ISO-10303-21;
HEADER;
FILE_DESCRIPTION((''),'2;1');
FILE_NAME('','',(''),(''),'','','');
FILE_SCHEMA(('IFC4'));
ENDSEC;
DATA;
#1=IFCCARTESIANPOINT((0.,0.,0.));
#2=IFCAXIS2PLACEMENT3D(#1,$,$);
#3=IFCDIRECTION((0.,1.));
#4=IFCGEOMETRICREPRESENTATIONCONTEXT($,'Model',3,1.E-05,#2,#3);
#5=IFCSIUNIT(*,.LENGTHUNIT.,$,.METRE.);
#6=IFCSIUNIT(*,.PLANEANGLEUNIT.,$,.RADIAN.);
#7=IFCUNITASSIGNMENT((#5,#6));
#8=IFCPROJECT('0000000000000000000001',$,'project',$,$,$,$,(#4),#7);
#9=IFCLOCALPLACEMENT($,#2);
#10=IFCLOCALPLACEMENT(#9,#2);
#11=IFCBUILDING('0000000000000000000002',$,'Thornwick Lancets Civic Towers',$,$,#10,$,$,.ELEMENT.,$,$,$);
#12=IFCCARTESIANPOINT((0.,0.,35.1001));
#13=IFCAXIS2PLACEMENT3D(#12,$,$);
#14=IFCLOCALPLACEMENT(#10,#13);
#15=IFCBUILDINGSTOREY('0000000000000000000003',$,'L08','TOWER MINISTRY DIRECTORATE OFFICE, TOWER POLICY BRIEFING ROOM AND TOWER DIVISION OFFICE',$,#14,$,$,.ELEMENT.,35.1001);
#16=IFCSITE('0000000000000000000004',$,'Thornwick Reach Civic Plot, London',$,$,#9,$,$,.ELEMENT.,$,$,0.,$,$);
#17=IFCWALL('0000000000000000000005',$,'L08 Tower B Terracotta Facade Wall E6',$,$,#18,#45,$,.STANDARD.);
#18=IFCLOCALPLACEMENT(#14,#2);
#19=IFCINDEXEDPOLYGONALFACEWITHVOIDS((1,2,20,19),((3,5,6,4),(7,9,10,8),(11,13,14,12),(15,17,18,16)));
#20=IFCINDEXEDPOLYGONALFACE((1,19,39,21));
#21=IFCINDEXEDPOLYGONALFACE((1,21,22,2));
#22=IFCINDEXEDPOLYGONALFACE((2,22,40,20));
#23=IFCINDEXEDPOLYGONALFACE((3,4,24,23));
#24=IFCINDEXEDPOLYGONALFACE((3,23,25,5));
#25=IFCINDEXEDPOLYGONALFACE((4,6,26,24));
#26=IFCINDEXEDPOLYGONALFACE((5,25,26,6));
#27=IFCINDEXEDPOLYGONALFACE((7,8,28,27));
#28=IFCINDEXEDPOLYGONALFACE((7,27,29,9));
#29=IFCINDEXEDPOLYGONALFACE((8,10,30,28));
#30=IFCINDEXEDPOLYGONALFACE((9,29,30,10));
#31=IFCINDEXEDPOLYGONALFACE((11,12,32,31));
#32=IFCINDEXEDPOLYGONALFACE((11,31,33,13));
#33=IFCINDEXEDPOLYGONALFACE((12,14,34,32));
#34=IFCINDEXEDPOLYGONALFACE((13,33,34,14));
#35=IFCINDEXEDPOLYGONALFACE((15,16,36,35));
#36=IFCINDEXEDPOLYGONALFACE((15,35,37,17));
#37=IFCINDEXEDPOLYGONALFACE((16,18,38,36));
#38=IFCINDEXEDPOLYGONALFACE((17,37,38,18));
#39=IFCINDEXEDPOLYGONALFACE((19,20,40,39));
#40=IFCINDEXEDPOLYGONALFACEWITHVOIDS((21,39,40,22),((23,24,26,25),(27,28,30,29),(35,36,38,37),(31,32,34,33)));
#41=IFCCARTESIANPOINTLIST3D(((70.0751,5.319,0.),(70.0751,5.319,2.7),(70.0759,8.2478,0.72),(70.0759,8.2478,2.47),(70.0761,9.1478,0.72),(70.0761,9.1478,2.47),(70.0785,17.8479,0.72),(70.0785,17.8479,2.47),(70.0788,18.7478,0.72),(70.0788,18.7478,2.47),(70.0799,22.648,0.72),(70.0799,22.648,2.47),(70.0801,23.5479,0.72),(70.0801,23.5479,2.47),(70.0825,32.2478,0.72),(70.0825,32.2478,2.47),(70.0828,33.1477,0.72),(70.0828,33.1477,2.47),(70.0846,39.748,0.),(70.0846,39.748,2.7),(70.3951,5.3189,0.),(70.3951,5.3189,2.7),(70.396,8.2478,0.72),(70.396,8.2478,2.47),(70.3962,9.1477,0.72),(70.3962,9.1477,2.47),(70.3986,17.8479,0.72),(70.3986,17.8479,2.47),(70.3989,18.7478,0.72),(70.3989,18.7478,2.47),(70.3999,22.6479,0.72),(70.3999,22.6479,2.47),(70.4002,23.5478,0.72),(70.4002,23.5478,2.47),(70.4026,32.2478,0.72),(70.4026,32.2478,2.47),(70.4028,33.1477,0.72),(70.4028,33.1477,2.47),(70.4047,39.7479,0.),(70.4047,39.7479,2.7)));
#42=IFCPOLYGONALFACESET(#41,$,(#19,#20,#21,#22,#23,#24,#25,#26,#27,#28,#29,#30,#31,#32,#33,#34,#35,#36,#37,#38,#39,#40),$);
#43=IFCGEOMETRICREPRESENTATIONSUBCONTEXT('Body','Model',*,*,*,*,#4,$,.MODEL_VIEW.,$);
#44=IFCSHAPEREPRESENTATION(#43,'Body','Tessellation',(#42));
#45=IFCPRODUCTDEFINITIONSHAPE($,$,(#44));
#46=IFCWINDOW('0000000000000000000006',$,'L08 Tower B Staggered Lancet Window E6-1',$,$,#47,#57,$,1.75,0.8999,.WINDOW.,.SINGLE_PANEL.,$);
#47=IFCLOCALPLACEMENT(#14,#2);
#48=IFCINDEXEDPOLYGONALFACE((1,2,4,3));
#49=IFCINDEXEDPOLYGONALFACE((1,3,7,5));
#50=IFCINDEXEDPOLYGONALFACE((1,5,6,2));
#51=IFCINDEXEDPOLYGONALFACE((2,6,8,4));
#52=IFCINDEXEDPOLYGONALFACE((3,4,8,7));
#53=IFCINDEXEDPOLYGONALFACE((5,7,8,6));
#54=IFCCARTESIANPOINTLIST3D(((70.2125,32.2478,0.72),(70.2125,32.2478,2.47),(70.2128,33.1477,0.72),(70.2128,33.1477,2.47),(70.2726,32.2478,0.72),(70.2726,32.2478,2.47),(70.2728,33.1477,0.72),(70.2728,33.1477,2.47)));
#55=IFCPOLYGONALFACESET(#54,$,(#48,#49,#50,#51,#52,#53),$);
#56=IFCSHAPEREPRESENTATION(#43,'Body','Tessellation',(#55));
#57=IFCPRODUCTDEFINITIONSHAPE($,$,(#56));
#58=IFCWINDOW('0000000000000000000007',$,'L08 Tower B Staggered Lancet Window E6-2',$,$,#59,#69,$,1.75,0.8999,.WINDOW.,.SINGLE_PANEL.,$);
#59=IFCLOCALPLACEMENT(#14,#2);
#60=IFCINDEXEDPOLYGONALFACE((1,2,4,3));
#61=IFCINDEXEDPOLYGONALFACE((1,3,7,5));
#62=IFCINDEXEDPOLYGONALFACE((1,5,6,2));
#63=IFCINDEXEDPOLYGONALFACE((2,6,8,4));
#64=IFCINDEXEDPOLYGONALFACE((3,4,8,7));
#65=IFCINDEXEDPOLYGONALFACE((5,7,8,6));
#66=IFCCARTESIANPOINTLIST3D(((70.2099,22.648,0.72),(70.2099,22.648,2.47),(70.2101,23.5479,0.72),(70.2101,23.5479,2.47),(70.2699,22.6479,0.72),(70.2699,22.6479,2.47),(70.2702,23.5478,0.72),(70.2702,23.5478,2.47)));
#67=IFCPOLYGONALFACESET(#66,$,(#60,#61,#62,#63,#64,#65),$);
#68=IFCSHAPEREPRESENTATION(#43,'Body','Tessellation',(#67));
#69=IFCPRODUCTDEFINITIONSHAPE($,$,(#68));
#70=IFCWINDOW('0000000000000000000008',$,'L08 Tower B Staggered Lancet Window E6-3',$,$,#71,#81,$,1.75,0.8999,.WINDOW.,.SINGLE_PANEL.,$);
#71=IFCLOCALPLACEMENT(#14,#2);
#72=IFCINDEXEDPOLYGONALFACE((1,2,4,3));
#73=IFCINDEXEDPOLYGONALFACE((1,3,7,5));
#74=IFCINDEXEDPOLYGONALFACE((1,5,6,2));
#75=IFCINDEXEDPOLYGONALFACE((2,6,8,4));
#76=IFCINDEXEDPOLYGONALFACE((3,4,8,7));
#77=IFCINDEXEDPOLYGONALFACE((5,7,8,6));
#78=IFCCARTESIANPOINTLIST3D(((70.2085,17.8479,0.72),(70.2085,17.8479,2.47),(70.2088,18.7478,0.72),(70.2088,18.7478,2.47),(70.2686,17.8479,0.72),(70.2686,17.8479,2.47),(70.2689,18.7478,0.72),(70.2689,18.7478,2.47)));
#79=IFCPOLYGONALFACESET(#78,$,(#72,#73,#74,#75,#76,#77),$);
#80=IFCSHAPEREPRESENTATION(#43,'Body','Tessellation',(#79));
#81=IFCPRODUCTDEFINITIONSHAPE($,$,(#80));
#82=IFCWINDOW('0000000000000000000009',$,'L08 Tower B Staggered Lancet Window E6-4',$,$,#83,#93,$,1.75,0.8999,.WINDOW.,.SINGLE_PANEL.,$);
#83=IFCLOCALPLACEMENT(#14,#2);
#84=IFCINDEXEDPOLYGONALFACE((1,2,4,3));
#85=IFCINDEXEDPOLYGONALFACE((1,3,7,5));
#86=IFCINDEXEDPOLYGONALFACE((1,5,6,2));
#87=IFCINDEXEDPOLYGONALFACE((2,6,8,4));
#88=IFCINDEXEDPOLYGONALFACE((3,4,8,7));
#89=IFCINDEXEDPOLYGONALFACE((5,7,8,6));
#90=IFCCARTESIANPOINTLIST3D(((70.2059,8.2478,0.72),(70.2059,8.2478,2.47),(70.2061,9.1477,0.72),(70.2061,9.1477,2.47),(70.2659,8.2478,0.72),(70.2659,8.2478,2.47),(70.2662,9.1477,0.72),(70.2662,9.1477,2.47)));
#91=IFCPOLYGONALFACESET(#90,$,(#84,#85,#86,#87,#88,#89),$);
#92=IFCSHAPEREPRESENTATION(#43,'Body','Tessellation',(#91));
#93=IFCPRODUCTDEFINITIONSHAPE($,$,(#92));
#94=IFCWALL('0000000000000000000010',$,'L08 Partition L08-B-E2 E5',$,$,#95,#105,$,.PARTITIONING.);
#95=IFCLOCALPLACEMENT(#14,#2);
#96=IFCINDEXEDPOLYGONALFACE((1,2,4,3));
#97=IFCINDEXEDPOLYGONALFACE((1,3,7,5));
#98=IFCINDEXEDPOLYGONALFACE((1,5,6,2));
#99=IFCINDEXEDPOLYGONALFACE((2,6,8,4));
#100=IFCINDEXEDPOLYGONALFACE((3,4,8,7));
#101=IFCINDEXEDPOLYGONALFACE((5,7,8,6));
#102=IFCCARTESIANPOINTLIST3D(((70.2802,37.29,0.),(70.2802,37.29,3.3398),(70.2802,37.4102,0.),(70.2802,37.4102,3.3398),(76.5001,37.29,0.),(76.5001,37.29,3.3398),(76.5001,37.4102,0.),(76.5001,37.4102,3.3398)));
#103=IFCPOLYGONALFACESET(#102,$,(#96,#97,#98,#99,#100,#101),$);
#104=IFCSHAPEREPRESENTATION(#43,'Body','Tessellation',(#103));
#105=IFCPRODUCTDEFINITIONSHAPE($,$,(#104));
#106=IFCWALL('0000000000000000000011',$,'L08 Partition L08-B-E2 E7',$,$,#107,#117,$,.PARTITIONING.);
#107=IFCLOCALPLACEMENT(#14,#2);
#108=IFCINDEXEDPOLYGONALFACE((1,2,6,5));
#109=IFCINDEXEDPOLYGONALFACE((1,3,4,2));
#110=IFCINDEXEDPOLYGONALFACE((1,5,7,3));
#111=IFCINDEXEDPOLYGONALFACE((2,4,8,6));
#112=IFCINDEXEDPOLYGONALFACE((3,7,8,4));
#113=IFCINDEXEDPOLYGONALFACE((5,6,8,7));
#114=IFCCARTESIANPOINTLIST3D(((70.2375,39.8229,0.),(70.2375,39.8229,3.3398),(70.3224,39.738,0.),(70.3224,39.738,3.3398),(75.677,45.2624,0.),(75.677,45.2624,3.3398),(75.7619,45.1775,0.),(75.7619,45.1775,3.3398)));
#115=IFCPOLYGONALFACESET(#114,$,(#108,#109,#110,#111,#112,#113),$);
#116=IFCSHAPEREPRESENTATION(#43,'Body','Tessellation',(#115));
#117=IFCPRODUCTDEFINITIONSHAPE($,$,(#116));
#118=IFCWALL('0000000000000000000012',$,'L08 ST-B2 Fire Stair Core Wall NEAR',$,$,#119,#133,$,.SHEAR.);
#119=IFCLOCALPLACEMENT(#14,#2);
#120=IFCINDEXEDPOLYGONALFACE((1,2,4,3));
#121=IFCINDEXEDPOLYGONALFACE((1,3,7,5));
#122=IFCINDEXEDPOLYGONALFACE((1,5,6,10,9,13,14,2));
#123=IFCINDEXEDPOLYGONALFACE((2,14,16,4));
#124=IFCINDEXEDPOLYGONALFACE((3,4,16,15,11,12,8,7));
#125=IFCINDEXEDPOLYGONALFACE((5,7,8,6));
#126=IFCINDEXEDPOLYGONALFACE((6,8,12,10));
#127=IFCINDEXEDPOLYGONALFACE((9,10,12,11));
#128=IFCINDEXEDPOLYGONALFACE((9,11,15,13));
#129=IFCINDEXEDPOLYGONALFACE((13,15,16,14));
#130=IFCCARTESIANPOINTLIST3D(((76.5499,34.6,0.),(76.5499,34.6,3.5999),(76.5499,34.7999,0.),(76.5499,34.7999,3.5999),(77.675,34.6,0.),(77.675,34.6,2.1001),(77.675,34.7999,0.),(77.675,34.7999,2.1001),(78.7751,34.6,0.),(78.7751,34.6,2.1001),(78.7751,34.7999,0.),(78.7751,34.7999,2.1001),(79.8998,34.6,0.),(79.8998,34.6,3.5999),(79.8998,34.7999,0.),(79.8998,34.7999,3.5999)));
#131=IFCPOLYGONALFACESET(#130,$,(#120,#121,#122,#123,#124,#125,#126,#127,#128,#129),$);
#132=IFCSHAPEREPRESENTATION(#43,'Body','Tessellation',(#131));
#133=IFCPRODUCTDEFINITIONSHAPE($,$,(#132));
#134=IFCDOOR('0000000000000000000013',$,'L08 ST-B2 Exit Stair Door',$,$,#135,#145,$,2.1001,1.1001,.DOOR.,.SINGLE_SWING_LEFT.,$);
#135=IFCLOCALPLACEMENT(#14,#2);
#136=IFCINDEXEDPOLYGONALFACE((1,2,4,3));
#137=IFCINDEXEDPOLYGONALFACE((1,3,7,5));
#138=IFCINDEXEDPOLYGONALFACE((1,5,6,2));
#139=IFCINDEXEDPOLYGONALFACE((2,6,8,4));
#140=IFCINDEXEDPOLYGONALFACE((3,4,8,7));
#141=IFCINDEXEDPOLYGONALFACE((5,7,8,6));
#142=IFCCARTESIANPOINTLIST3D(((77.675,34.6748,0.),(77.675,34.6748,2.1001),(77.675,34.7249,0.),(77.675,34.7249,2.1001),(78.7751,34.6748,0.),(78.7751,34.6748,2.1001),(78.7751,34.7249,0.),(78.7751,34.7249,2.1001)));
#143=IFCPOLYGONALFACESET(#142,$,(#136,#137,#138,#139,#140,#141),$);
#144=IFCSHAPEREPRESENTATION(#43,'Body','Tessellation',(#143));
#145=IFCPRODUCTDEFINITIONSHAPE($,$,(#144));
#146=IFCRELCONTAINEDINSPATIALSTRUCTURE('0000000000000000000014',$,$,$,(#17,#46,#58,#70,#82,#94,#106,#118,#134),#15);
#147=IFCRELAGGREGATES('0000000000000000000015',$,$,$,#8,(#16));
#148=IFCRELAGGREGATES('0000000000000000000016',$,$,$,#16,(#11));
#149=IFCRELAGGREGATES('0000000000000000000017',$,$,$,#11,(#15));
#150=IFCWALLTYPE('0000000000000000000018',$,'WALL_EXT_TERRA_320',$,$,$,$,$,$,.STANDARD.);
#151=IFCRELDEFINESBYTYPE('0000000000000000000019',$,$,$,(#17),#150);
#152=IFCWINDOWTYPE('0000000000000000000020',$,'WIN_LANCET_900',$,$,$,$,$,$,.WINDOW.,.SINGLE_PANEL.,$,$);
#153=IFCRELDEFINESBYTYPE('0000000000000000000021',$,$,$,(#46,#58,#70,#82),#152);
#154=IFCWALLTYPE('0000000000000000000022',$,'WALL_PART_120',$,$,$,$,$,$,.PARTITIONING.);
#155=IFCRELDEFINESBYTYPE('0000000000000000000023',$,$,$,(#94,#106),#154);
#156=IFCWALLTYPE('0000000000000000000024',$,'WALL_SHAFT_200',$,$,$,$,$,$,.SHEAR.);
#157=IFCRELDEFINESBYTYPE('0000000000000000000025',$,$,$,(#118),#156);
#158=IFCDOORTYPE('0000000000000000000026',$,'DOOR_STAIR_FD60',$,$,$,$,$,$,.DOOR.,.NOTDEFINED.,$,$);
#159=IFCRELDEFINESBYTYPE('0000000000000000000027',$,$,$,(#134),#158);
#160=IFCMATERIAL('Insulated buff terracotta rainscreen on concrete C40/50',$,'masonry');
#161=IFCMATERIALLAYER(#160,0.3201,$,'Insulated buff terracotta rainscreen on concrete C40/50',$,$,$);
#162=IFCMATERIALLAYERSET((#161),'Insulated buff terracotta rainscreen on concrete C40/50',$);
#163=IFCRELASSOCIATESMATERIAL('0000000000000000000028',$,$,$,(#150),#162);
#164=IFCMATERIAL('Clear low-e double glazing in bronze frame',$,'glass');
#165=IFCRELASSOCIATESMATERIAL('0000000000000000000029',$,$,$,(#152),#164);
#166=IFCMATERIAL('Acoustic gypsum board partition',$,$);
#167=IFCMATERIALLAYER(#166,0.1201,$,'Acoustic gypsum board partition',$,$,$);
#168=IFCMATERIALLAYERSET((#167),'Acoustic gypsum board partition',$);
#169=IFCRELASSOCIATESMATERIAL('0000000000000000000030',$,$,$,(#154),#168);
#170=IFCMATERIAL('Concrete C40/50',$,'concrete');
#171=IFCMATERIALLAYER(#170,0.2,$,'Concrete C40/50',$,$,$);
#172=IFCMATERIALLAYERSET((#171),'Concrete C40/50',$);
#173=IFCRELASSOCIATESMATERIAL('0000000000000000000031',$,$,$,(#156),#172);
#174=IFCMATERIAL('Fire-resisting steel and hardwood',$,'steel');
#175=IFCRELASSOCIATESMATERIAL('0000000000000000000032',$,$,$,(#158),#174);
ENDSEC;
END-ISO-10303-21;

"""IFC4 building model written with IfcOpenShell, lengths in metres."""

from ifc_helpers import new_model, si_unit, direction, frame, frame_2d, origin, place, context, subcontext, project, spatial, rectangle, extrude, material, layer, layer_set, type_object, element, fill, save


model = new_model("IFC4")

# Units and contexts
model_context = context("Model", 3, precision=1e-05, world=origin(), true_north=direction((0.0, 1.0)))
body_context = subcontext(model_context, "Body", "Model", "MODEL_VIEW")
ifc_project = project(units=[si_unit("LENGTHUNIT", "METRE"), si_unit("PLANEANGLEUNIT", "RADIAN")], contexts=[model_context])

# Site, building, storey
site_placement = place(None, origin())
site = spatial("IfcSite", under=ifc_project, at=site_placement, Name="Thornwick Reach Civic Plot, London", CompositionType="ELEMENT", RefElevation=0.0)
building_placement = place(site_placement, origin())
building = spatial("IfcBuilding", under=site, at=building_placement, Name="Thornwick Lancets Civic Towers", CompositionType="ELEMENT")
storey_placement = place(building_placement, frame((0.0, 0.0, 35.1001)))
storey = spatial("IfcBuildingStorey", under=building, at=storey_placement, Name="L08", Description="TOWER MINISTRY DIRECTORATE OFFICE, TOWER POLICY BRIEFING ROOM AND TOWER DIVISION OFFICE", CompositionType="ELEMENT", Elevation=35.1001)

# Shared definitions
ifc_material_1 = material(Name="Concrete C40/50", Category="concrete")

# Wall, openings, windows
ifc_material_2 = material(Name="Insulated buff terracotta rainscreen on concrete C40/50", Category="masonry")
ifc_layer_1 = layer(ifc_material_2, 0.3201, Name="Insulated buff terracotta rainscreen on concrete C40/50")
ifc_layer_set_1 = layer_set([ifc_layer_1], Name="Insulated buff terracotta rainscreen on concrete C40/50")
wall_type_1 = type_object("IfcWallType", Name="WALL_EXT_TERRA_320", PredefinedType="STANDARD", material=ifc_layer_set_1)
wall_1_placement = place(storey_placement, frame((70.2446, 39.7478, 0.0), z_axis=(0.0, 0.0, 1.0), x_axis=(-0.000277, -1.0, 0.0)))
wall_1 = element("IfcWall", 1, at=wall_1_placement, inside=storey, type_object=wall_type_1, Name="L08 Tower B Terracotta Facade Wall E6", PredefinedType="STANDARD", context=body_context, shape_type="SweptSolid", body=[
    extrude(rectangle(XDim=34.429, YDim=0.3201, at=frame_2d((17.2144, 0.0))), origin(), (0.0, 0.0, 1.0), 2.7),
])
opening_1_placement = place(wall_1_placement, frame((6.6001, 0.0, 0.72)))
opening_1 = element("IfcOpeningElement", 2, at=opening_1_placement, cuts=wall_1, PredefinedType="OPENING", context=body_context, shape_type="SweptSolid", body=[
    extrude(rectangle(XDim=0.8999, YDim=1.75, at=frame_2d((0.45, 0.875))), frame((0.0, 0.1699, 0.0), z_axis=(0.0, -1.0, 0.0), x_axis=(1.0, 0.0, 0.0)), (0.0, 0.0, 1.0), 0.3401),
])
opening_2_placement = place(wall_1_placement, frame((16.2, 0.0, 0.72)))
opening_2 = element("IfcOpeningElement", 3, at=opening_2_placement, cuts=wall_1, PredefinedType="OPENING", context=body_context, shape_type="SweptSolid", body=[
    extrude(rectangle(XDim=0.8999, YDim=1.75, at=frame_2d((0.45, 0.875))), frame((0.0, 0.1699, 0.0), z_axis=(0.0, -1.0, 0.0), x_axis=(1.0, 0.0, 0.0)), (0.0, 0.0, 1.0), 0.3401),
])
opening_3_placement = place(wall_1_placement, frame((21.0, 0.0, 0.72)))
opening_3 = element("IfcOpeningElement", 4, at=opening_3_placement, cuts=wall_1, PredefinedType="OPENING", context=body_context, shape_type="SweptSolid", body=[
    extrude(rectangle(XDim=0.8999, YDim=1.75, at=frame_2d((0.45, 0.875))), frame((0.0, 0.1699, 0.0), z_axis=(0.0, -1.0, 0.0), x_axis=(1.0, 0.0, 0.0)), (0.0, 0.0, 1.0), 0.3401),
])
opening_4_placement = place(wall_1_placement, frame((30.6001, 0.0, 0.72)))
opening_4 = element("IfcOpeningElement", 5, at=opening_4_placement, cuts=wall_1, PredefinedType="OPENING", context=body_context, shape_type="SweptSolid", body=[
    extrude(rectangle(XDim=0.8999, YDim=1.75, at=frame_2d((0.45, 0.875))), frame((0.0, 0.1699, 0.0), z_axis=(0.0, -1.0, 0.0), x_axis=(1.0, 0.0, 0.0)), (0.0, 0.0, 1.0), 0.3401),
])
ifc_material_3 = material(Name="Clear low-e double glazing in bronze frame", Category="glass")
window_type = type_object("IfcWindowType", Name="WIN_LANCET_900", PartitioningType="SINGLE_PANEL", PredefinedType="WINDOW", material=ifc_material_3)
window_1_placement = place(opening_1_placement, origin())
window_1 = element("IfcWindow", 6, at=window_1_placement, inside=storey, type_object=window_type, Name="L08 Tower B Staggered Lancet Window E6-1", OverallHeight=1.75, OverallWidth=0.8999, PartitioningType="SINGLE_PANEL", PredefinedType="WINDOW", context=body_context, shape_type="SweptSolid", body=[
    extrude(rectangle(XDim=0.8999, YDim=1.75, at=frame_2d((0.45, 0.875))), frame((0.0, 0.03, 0.0), z_axis=(0.0, -1.0, 0.0), x_axis=(1.0, 0.0, 0.0)), (0.0, 0.0, 1.0), 0.0601),
])
fill(opening_1, window_1)
window_2_placement = place(opening_2_placement, origin())
window_2 = element("IfcWindow", 7, at=window_2_placement, inside=storey, type_object=window_type, Name="L08 Tower B Staggered Lancet Window E6-2", OverallHeight=1.75, OverallWidth=0.8999, PartitioningType="SINGLE_PANEL", PredefinedType="WINDOW", context=body_context, shape_type="SweptSolid", body=[
    extrude(rectangle(XDim=0.8999, YDim=1.75, at=frame_2d((0.45, 0.875))), frame((0.0, 0.03, 0.0), z_axis=(0.0, -1.0, 0.0), x_axis=(1.0, 0.0, 0.0)), (0.0, 0.0, 1.0), 0.0601),
])
fill(opening_2, window_2)
window_3_placement = place(opening_3_placement, origin())
window_3 = element("IfcWindow", 8, at=window_3_placement, inside=storey, type_object=window_type, Name="L08 Tower B Staggered Lancet Window E6-3", OverallHeight=1.75, OverallWidth=0.8999, PartitioningType="SINGLE_PANEL", PredefinedType="WINDOW", context=body_context, shape_type="SweptSolid", body=[
    extrude(rectangle(XDim=0.8999, YDim=1.75, at=frame_2d((0.45, 0.875))), frame((0.0, 0.03, 0.0), z_axis=(0.0, -1.0, 0.0), x_axis=(1.0, 0.0, 0.0)), (0.0, 0.0, 1.0), 0.0601),
])
fill(opening_3, window_3)
window_4_placement = place(opening_4_placement, origin())
window_4 = element("IfcWindow", 9, at=window_4_placement, inside=storey, type_object=window_type, Name="L08 Tower B Staggered Lancet Window E6-4", OverallHeight=1.75, OverallWidth=0.8999, PartitioningType="SINGLE_PANEL", PredefinedType="WINDOW", context=body_context, shape_type="SweptSolid", body=[
    extrude(rectangle(XDim=0.8999, YDim=1.75, at=frame_2d((0.45, 0.875))), frame((0.0, 0.03, 0.0), z_axis=(0.0, -1.0, 0.0), x_axis=(1.0, 0.0, 0.0)), (0.0, 0.0, 1.0), 0.0601),
])
fill(opening_4, window_4)

# Walls
ifc_material_4 = material(Name="Acoustic gypsum board partition")
ifc_layer_2 = layer(ifc_material_4, 0.1201, Name="Acoustic gypsum board partition")
ifc_layer_set_2 = layer_set([ifc_layer_2], Name="Acoustic gypsum board partition")
wall_type_2 = type_object("IfcWallType", Name="WALL_PART_120", PredefinedType="PARTITIONING", material=ifc_layer_set_2)
wall_2_placement = place(storey_placement, frame((76.5, 37.3501, 0.0), z_axis=(0.0, 0.0, 1.0), x_axis=(-1.0, 0.0, 0.0)))
element("IfcWall", 10, at=wall_2_placement, inside=storey, type_object=wall_type_2, Name="L08 Partition L08-B-E2 E5", PredefinedType="PARTITIONING", context=body_context, shape_type="SweptSolid", body=[
    extrude(rectangle(XDim=6.22, YDim=0.1201, at=frame_2d((3.1099, 0.0))), origin(), (0.0, 0.0, 1.0), 3.3398),
])
wall_3_placement = place(storey_placement, frame((70.28, 39.7805, 0.0), z_axis=(0.0, 0.0, 1.0), x_axis=(0.707107, 0.707107, 0.0)))
element("IfcWall", 11, at=wall_3_placement, inside=storey, type_object=wall_type_2, Name="L08 Partition L08-B-E2 E7", PredefinedType="PARTITIONING", context=body_context, shape_type="SweptSolid", body=[
    extrude(rectangle(XDim=7.6926, YDim=0.1201, at=frame_2d((3.8462, 0.0))), origin(), (0.0, 0.0, 1.0), 3.3398),
])

# Wall, opening, door
ifc_layer_3 = layer(ifc_material_1, 0.2, Name="Concrete C40/50")
ifc_layer_set_3 = layer_set([ifc_layer_3], Name="Concrete C40/50")
wall_type_3 = type_object("IfcWallType", Name="WALL_SHAFT_200", PredefinedType="SHEAR", material=ifc_layer_set_3)
wall_4_placement = place(storey_placement, frame((76.55, 34.7, 0.0), z_axis=(0.0, 0.0, 1.0), x_axis=(1.0, 0.0, 0.0)))
wall_4 = element("IfcWall", 12, at=wall_4_placement, inside=storey, type_object=wall_type_3, Name="L08 ST-B2 Fire Stair Core Wall NEAR", PredefinedType="SHEAR", context=body_context, shape_type="SweptSolid", body=[
    extrude(rectangle(XDim=3.3499, YDim=0.2, at=frame_2d((1.6748, 0.0))), origin(), (0.0, 0.0, 1.0), 3.5999),
])
opening_5_placement = place(wall_4_placement, frame((1.125, 0.0, 0.0)))
opening_5 = element("IfcOpeningElement", 13, at=opening_5_placement, cuts=wall_4, PredefinedType="OPENING", context=body_context, shape_type="SweptSolid", body=[
    extrude(rectangle(XDim=1.1001, YDim=2.1001, at=frame_2d((0.55, 1.05))), frame((0.0, 0.1099, 0.0), z_axis=(0.0, -1.0, 0.0), x_axis=(1.0, 0.0, 0.0)), (0.0, 0.0, 1.0), 0.22),
])
ifc_material_5 = material(Name="Fire-resisting steel and hardwood", Category="steel")
door_type = type_object("IfcDoorType", Name="DOOR_STAIR_FD60", OperationType="NOTDEFINED", PredefinedType="DOOR", material=ifc_material_5)
door_placement = place(opening_5_placement, origin())
door = element("IfcDoor", 14, at=door_placement, inside=storey, type_object=door_type, Name="L08 ST-B2 Exit Stair Door", OperationType="SINGLE_SWING_LEFT", OverallHeight=2.1001, OverallWidth=1.1001, PredefinedType="DOOR", context=body_context, shape_type="SweptSolid", body=[
    extrude(rectangle(XDim=1.1001, YDim=2.1001, at=frame_2d((0.55, 1.05))), frame((0.0, 0.0249, 0.0), z_axis=(0.0, -1.0, 0.0), x_axis=(1.0, 0.0, 0.0)), (0.0, 0.0, 1.0), 0.05),
])
fill(opening_5, door)

save(model, "model.ifc")
